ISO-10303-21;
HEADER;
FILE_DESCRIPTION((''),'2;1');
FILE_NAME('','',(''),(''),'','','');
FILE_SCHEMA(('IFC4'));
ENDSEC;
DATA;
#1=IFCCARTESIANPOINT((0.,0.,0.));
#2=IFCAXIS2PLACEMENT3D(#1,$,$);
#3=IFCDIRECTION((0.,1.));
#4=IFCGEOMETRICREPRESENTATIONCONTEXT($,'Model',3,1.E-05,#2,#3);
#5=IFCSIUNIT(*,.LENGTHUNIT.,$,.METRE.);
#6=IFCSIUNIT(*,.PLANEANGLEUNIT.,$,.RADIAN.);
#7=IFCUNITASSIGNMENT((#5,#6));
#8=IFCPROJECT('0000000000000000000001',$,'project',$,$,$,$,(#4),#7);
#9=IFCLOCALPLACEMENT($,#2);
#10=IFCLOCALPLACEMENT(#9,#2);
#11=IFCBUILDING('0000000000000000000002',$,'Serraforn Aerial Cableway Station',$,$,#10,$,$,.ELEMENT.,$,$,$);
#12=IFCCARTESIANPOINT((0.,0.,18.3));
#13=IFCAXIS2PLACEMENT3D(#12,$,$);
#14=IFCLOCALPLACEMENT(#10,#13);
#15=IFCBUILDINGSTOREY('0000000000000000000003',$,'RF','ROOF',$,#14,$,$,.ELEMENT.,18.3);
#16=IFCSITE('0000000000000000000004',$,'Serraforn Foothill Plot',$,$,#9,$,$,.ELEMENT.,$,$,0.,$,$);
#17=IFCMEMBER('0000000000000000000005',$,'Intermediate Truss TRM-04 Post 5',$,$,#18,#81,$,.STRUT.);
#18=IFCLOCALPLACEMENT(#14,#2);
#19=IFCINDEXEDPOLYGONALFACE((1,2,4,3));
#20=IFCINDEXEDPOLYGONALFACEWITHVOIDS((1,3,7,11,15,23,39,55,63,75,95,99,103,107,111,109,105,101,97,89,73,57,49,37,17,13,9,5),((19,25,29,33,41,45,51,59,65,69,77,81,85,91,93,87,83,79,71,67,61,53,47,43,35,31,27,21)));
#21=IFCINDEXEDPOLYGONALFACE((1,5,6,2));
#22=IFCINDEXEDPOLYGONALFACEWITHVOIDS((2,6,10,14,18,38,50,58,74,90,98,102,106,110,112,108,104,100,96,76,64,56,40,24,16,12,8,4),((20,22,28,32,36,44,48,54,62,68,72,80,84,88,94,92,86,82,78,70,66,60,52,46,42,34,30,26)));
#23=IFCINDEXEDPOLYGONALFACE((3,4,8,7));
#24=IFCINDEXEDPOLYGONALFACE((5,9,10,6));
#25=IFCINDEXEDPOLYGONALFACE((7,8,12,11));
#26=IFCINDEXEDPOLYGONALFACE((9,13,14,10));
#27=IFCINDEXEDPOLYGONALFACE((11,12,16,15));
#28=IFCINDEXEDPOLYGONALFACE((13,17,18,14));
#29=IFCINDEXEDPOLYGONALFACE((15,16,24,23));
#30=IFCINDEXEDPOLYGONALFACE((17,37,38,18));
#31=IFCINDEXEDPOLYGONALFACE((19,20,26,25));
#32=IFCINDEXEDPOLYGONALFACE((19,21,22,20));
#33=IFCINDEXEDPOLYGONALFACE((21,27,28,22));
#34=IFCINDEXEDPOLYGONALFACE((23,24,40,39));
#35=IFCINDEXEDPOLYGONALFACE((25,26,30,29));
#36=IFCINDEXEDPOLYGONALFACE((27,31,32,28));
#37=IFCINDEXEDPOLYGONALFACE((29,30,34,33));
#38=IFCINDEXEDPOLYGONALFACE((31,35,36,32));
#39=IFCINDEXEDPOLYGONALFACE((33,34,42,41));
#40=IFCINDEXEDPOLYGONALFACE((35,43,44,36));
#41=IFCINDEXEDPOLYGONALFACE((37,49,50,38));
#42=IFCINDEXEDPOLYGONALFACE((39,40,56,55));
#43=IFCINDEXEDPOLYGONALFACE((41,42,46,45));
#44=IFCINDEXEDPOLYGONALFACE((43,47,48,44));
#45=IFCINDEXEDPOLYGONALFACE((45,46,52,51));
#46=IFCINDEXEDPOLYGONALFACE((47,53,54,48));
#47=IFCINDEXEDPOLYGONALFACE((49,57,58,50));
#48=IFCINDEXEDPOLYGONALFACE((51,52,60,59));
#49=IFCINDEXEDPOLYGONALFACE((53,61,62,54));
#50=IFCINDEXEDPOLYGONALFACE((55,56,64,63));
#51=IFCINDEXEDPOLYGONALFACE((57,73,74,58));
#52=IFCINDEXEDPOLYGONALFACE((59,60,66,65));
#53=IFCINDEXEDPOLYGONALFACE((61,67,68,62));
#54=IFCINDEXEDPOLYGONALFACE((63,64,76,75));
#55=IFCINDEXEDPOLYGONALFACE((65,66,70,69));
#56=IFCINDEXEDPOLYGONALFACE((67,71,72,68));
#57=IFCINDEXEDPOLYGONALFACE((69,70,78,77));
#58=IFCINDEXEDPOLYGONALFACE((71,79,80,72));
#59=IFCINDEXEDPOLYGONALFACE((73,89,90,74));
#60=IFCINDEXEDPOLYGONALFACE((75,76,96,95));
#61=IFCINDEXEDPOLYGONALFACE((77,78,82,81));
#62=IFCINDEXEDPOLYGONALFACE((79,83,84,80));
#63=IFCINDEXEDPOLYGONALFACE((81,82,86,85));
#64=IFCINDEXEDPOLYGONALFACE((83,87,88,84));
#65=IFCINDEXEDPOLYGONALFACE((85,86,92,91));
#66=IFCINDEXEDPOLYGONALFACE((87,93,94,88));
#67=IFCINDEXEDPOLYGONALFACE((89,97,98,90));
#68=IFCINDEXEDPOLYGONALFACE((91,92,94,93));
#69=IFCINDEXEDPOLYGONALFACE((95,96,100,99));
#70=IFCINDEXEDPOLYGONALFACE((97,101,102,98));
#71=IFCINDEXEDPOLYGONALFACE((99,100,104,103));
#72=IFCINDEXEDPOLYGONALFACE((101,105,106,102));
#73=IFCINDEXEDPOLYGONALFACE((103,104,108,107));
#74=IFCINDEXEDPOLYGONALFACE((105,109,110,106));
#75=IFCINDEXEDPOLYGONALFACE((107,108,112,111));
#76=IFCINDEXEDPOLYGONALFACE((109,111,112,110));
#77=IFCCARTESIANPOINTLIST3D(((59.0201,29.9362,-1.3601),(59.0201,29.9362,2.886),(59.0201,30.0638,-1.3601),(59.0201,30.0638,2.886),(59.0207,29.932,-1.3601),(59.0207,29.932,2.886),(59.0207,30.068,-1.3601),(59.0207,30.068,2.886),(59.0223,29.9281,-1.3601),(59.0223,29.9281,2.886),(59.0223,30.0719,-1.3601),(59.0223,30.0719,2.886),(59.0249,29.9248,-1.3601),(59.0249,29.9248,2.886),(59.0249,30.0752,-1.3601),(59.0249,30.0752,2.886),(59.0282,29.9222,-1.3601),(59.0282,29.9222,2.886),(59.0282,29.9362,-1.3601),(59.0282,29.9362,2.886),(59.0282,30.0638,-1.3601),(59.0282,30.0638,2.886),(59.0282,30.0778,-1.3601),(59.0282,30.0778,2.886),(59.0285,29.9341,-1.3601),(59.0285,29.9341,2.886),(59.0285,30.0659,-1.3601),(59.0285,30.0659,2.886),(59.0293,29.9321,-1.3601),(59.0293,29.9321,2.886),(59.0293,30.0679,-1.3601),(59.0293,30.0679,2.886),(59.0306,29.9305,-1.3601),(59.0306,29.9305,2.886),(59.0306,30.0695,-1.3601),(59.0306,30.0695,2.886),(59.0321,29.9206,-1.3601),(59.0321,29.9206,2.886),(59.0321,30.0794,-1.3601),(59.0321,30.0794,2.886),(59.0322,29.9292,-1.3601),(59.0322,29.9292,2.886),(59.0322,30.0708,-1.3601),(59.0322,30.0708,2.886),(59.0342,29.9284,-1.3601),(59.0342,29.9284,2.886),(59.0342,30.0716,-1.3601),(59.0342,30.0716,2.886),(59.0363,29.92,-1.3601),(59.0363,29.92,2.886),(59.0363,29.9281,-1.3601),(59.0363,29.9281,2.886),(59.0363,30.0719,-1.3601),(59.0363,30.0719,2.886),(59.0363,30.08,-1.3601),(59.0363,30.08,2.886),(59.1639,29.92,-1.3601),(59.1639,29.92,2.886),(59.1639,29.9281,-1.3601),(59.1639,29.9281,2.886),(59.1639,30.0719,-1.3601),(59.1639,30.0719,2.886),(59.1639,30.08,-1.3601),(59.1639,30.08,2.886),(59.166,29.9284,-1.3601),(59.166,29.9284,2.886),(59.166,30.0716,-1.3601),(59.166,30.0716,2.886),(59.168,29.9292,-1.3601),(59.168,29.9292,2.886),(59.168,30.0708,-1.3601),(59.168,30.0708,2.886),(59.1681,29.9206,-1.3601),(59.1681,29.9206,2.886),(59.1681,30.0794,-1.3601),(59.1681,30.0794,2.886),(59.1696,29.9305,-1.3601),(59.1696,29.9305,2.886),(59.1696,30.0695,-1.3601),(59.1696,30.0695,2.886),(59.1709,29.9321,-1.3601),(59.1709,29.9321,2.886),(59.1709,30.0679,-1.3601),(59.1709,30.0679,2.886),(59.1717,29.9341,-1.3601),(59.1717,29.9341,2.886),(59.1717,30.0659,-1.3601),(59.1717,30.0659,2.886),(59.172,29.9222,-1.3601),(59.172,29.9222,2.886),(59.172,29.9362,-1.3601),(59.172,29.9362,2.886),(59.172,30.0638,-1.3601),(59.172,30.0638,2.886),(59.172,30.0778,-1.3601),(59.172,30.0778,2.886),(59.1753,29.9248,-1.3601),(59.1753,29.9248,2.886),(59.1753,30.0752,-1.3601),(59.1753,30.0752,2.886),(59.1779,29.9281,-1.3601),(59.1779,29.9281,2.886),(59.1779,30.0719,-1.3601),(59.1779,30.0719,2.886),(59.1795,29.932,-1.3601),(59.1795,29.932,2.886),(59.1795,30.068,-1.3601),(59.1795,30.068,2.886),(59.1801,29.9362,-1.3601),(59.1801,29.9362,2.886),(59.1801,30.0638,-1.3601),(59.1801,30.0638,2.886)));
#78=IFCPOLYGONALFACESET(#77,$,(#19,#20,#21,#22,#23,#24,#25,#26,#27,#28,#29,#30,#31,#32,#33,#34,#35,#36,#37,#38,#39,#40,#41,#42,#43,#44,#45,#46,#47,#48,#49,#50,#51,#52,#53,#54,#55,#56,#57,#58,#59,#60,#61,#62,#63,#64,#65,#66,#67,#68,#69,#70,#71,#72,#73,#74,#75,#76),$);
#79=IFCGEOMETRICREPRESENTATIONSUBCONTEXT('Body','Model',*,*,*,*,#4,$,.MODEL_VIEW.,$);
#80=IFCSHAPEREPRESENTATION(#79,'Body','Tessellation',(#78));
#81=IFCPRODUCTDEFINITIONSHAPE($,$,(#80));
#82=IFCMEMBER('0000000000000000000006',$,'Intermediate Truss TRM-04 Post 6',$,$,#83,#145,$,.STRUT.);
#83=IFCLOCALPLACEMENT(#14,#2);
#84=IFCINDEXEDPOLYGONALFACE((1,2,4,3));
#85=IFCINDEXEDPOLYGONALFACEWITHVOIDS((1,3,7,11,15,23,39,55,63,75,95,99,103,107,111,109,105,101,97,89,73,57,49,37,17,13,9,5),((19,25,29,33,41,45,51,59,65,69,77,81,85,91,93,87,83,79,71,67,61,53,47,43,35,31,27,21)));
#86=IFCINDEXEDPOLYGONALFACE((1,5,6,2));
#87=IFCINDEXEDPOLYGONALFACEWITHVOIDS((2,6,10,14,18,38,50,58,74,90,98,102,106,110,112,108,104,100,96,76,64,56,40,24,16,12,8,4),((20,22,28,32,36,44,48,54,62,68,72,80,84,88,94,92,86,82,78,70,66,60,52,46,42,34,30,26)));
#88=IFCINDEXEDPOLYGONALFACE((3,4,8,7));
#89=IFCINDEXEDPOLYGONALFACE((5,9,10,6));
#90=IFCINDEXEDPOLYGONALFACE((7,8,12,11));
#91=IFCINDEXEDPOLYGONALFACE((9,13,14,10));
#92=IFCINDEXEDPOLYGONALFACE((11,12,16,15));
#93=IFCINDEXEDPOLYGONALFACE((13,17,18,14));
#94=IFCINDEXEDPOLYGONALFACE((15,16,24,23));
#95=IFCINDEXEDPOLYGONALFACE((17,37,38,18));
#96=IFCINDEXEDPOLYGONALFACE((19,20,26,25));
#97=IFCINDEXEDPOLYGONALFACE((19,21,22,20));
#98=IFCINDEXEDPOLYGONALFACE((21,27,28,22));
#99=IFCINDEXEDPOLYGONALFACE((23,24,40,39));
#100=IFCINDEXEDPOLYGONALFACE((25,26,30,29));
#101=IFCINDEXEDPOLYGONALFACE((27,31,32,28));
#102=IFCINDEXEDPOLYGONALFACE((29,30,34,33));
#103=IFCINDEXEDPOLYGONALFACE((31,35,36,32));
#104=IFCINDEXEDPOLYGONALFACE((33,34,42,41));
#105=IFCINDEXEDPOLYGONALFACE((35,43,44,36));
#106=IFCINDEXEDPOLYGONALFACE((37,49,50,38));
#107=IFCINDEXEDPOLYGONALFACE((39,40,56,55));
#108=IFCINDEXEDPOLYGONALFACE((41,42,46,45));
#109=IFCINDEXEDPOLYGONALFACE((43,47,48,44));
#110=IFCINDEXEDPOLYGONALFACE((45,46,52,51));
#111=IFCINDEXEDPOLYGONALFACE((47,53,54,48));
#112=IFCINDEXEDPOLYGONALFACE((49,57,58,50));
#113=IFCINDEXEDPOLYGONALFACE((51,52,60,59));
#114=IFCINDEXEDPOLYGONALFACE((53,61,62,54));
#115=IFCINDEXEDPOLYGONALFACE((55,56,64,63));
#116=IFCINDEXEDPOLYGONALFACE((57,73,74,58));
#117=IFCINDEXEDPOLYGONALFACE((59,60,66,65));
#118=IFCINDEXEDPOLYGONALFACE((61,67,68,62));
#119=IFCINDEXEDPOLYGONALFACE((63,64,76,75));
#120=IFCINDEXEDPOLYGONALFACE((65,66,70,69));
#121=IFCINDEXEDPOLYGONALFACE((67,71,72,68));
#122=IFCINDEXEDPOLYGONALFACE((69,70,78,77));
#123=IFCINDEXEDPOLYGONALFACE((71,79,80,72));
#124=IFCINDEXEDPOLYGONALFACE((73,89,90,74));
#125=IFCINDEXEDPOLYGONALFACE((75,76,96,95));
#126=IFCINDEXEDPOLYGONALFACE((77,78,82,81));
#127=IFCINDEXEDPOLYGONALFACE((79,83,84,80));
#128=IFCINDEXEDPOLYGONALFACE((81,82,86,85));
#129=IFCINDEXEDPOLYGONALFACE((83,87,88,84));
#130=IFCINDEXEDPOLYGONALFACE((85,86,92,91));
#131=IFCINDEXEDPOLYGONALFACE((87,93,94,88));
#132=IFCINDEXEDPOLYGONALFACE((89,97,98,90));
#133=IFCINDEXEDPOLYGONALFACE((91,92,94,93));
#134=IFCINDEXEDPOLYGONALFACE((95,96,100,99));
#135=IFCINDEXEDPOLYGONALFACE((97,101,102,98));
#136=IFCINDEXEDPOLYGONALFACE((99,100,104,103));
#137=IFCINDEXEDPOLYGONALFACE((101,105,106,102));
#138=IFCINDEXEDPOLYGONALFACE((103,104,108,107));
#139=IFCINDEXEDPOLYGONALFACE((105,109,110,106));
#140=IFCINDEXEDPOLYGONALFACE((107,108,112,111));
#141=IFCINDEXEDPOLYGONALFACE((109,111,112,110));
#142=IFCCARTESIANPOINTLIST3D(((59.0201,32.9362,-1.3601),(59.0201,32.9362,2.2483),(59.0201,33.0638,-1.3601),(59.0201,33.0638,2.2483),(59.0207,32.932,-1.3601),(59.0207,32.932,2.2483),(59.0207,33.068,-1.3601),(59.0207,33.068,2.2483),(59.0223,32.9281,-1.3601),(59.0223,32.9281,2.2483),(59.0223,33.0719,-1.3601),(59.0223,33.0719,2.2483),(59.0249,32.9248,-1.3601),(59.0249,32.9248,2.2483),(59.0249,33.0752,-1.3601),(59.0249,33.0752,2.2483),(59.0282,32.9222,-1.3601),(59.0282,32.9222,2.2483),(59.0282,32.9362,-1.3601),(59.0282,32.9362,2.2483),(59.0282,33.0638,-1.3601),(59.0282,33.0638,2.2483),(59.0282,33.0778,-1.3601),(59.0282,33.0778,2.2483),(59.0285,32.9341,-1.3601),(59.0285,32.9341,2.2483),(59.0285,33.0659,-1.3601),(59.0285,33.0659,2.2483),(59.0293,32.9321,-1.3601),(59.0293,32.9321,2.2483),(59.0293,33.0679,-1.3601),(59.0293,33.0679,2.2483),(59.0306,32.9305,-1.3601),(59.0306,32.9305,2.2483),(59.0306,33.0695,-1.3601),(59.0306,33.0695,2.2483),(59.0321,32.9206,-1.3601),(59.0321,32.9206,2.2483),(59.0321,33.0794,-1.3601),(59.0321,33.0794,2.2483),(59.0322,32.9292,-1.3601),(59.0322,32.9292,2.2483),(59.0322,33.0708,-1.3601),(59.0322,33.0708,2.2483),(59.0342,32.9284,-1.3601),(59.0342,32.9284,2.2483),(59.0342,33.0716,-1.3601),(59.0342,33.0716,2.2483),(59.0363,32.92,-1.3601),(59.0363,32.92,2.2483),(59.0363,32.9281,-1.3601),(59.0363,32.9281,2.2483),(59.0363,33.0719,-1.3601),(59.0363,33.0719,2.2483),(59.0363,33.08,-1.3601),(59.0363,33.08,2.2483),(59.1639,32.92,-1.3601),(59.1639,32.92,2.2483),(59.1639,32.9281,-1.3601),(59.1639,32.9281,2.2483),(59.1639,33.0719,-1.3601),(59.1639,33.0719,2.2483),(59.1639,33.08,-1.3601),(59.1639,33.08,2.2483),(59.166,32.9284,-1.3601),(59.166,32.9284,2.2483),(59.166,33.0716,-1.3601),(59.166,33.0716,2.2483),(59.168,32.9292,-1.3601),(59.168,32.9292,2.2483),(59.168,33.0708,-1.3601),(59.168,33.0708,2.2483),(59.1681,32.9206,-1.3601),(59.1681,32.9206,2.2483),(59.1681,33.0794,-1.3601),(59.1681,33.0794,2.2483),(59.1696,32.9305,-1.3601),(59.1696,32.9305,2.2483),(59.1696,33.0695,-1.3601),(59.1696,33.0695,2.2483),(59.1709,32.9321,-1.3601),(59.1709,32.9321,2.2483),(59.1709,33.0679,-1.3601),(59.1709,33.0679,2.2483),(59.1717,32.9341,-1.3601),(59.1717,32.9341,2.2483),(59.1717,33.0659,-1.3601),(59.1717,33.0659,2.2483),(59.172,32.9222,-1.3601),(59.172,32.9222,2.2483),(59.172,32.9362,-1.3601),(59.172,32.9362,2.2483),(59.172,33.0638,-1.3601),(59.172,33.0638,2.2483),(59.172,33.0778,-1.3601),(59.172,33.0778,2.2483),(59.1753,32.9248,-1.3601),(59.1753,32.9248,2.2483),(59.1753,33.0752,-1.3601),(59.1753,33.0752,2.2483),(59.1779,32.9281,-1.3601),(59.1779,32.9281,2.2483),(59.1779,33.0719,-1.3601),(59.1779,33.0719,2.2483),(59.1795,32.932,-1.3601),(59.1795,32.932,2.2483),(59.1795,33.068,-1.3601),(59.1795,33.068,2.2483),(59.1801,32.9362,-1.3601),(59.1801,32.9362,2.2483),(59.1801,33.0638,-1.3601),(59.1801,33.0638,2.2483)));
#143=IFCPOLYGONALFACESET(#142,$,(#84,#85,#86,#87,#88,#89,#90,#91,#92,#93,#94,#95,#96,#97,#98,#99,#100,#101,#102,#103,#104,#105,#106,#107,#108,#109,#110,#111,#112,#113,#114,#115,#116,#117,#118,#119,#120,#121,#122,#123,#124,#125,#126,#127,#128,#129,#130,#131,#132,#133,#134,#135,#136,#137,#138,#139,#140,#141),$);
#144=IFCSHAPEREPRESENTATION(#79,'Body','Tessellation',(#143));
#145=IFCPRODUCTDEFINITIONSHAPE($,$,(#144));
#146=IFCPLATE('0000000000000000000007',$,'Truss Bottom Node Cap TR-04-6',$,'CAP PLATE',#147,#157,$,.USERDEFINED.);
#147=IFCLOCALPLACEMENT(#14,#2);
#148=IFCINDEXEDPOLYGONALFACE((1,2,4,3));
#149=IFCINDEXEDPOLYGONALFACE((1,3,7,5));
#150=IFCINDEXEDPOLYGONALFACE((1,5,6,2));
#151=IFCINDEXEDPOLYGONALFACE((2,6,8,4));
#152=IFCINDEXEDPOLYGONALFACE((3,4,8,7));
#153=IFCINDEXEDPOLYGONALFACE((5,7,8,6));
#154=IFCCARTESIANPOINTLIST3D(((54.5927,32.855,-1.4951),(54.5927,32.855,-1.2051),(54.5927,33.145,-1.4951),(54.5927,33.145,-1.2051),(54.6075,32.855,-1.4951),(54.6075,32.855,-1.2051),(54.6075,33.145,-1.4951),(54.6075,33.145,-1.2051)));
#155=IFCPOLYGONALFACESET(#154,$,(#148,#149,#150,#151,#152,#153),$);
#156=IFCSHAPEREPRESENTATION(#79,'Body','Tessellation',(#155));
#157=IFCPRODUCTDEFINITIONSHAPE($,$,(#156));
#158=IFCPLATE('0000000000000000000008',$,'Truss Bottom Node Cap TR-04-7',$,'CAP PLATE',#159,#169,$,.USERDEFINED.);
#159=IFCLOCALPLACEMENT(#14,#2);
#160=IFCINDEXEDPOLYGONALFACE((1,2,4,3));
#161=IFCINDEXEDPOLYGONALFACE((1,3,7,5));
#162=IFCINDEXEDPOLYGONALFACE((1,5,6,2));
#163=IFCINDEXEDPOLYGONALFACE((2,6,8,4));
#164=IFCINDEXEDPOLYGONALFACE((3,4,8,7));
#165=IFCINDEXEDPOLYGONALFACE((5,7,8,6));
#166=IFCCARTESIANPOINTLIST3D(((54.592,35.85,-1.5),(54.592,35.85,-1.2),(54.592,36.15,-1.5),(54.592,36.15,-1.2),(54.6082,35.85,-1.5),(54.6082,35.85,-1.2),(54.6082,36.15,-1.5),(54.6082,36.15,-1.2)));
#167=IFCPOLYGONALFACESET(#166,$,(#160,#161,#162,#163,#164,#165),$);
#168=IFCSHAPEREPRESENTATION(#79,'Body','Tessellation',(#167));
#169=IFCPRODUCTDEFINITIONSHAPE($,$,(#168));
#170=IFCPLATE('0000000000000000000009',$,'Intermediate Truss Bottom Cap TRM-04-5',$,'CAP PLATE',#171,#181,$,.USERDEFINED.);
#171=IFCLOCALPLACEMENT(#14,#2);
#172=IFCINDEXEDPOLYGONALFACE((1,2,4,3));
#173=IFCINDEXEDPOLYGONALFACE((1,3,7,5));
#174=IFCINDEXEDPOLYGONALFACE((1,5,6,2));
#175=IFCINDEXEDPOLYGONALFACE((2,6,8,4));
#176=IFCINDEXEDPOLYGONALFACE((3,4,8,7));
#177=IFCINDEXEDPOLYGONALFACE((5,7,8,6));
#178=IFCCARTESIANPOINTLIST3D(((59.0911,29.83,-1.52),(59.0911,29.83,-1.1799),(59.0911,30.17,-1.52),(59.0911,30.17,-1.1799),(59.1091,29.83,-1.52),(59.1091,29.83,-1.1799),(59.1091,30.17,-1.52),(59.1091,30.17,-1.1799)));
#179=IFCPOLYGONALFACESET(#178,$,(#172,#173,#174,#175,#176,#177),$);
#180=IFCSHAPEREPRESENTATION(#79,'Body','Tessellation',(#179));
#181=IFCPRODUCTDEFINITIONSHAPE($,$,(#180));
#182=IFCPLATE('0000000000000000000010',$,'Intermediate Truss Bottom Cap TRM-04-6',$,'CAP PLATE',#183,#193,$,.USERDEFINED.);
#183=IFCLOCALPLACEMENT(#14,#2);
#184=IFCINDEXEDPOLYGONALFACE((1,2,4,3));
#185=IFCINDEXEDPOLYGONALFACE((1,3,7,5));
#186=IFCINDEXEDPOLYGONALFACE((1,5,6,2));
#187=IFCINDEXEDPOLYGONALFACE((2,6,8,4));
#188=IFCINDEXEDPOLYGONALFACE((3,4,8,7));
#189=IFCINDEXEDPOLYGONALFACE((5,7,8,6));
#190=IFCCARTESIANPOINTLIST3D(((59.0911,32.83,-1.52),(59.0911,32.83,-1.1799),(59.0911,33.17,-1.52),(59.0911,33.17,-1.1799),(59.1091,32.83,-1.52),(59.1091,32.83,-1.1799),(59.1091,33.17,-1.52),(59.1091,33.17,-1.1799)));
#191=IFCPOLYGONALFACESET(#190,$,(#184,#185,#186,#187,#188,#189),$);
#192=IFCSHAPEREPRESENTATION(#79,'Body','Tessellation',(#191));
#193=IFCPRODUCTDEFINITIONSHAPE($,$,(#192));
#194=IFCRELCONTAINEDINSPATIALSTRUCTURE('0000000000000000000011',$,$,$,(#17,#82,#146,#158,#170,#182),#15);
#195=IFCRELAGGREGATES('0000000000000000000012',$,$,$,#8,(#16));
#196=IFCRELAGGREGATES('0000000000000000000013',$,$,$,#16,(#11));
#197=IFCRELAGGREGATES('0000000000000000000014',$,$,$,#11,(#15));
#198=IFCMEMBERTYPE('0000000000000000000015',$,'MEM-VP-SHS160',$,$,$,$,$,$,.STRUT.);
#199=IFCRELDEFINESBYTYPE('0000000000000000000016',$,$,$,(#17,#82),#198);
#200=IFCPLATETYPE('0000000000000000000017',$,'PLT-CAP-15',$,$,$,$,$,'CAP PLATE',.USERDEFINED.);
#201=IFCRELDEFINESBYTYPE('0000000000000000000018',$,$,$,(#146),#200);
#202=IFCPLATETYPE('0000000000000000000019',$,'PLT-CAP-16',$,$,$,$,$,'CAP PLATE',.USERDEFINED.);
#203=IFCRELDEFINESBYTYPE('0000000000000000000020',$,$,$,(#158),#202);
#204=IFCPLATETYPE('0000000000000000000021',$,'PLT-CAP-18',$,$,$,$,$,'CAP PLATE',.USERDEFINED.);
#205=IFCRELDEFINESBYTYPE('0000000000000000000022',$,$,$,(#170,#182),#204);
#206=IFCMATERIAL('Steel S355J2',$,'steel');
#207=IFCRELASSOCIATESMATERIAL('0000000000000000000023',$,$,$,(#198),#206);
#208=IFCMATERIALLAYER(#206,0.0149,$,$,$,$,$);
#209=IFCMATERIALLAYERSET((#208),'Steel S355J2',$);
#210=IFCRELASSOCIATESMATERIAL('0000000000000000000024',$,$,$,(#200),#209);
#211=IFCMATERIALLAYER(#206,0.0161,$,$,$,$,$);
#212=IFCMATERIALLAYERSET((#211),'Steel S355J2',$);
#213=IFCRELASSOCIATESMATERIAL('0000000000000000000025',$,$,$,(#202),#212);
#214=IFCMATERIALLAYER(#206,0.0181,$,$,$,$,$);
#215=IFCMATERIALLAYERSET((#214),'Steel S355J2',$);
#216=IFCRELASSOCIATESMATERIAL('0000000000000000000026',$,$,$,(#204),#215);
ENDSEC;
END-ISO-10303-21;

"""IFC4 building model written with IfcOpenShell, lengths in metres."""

from ifc_helpers import new_model, si_unit, direction, frame, origin, origin_2d, place, context, subcontext, project, spatial, rectangle, hollow_rectangle, extrude, material, layer, layer_set, material_profile, profile_set, type_object, element, save


model = new_model("IFC4")

# Units and contexts
model_context = context("Model", 3, precision=1e-05, world=origin(), true_north=direction((0.0, 1.0)))
body_context = subcontext(model_context, "Body", "Model", "MODEL_VIEW")
ifc_project = project(units=[si_unit("LENGTHUNIT", "METRE"), si_unit("PLANEANGLEUNIT", "RADIAN")], contexts=[model_context])

# Site, building, storey
site_placement = place(None, origin())
site = spatial("IfcSite", under=ifc_project, at=site_placement, Name="Serraforn Foothill Plot", CompositionType="ELEMENT", RefElevation=0.0)
building_placement = place(site_placement, origin())
building = spatial("IfcBuilding", under=site, at=building_placement, Name="Serraforn Aerial Cableway Station", CompositionType="ELEMENT")
storey_placement = place(building_placement, frame((0.0, 0.0, 18.3)))
storey = spatial("IfcBuildingStorey", under=building, at=storey_placement, Name="RF", Description="ROOF", CompositionType="ELEMENT", Elevation=18.3)

# Members
ifc_material_1 = material(Name="Steel S355J2", Category="steel")
ifc_material_profile_1 = material_profile(ifc_material_1, hollow_rectangle(XDim=0.1599, YDim=0.1599, WallThickness=0.0081, InnerFilletRadius=0.0081, OuterFilletRadius=0.0161, at=origin_2d()), Name="SHS 160x160x8.0")
ifc_profile_set_1 = profile_set([ifc_material_profile_1], Name="Steel S355J2")
member_type_1 = type_object("IfcMemberType", Name="MEM-VP-SHS160", PredefinedType="STRUT", material=ifc_profile_set_1)
member_1_placement = place(storey_placement, frame((59.1001, 30.0, -1.3601), z_axis=(0.0, 0.0, 1.0), x_axis=(1.0, 0.0, 0.0)))
element("IfcMember", 1, at=member_1_placement, inside=storey, type_object=member_type_1, Name="Intermediate Truss TRM-04 Post 5", PredefinedType="STRUT", context=body_context, shape_type="SweptSolid", body=[
    extrude(hollow_rectangle(XDim=0.1599, YDim=0.1599, WallThickness=0.0081, InnerFilletRadius=0.0081, OuterFilletRadius=0.0161, at=origin_2d()), origin(), (0.0, 0.0, 1.0), 4.2461),
])
member_2_placement = place(storey_placement, frame((59.1001, 33.0, -1.3601), z_axis=(0.0, 0.0, 1.0), x_axis=(1.0, 0.0, 0.0)))
element("IfcMember", 2, at=member_2_placement, inside=storey, type_object=member_type_1, Name="Intermediate Truss TRM-04 Post 6", PredefinedType="STRUT", context=body_context, shape_type="SweptSolid", body=[
    extrude(hollow_rectangle(XDim=0.1599, YDim=0.1599, WallThickness=0.0081, InnerFilletRadius=0.0081, OuterFilletRadius=0.0161, at=origin_2d()), origin(), (0.0, 0.0, 1.0), 3.6084),
])

# Plates
ifc_layer_1 = layer(ifc_material_1, 0.0149)
ifc_layer_set_1 = layer_set([ifc_layer_1], Name="Steel S355J2")
plate_type_1 = type_object("IfcPlateType", Name="PLT-CAP-15", ElementType="CAP PLATE", PredefinedType="USERDEFINED", material=ifc_layer_set_1)
plate_1_placement = place(storey_placement, frame((54.6001, 33.0, -1.4951), z_axis=(0.0, 0.0, 1.0), x_axis=(1.0, 0.0, 0.0)))
element("IfcPlate", 3, at=plate_1_placement, inside=storey, type_object=plate_type_1, Name="Truss Bottom Node Cap TR-04-6", ObjectType="CAP PLATE", PredefinedType="USERDEFINED", context=body_context, shape_type="SweptSolid", body=[
    extrude(rectangle(XDim=0.0149, YDim=0.29, at=origin_2d()), origin(), (0.0, 0.0, 1.0), 0.29),
])
ifc_layer_2 = layer(ifc_material_1, 0.0161)
ifc_layer_set_2 = layer_set([ifc_layer_2], Name="Steel S355J2")
plate_type_2 = type_object("IfcPlateType", Name="PLT-CAP-16", ElementType="CAP PLATE", PredefinedType="USERDEFINED", material=ifc_layer_set_2)
plate_2_placement = place(storey_placement, frame((54.6001, 36.0, -1.5), z_axis=(0.0, 0.0, 1.0), x_axis=(1.0, 0.0, 0.0)))
element("IfcPlate", 4, at=plate_2_placement, inside=storey, type_object=plate_type_2, Name="Truss Bottom Node Cap TR-04-7", ObjectType="CAP PLATE", PredefinedType="USERDEFINED", context=body_context, shape_type="SweptSolid", body=[
    extrude(rectangle(XDim=0.0161, YDim=0.3, at=origin_2d()), origin(), (0.0, 0.0, 1.0), 0.3),
])
ifc_layer_3 = layer(ifc_material_1, 0.0181)
ifc_layer_set_3 = layer_set([ifc_layer_3], Name="Steel S355J2")
plate_type_3 = type_object("IfcPlateType", Name="PLT-CAP-18", ElementType="CAP PLATE", PredefinedType="USERDEFINED", material=ifc_layer_set_3)
for number, where, z_axis, x_axis, name in (
    (5, (59.1001, 30.0, -1.52), (0.0, 0.0, 1.0), (1.0, 0.0, 0.0), "Intermediate Truss Bottom Cap TRM-04-5"),
    (6, (59.1001, 33.0, -1.52), (0.0, 0.0, 1.0), (1.0, 0.0, 0.0), "Intermediate Truss Bottom Cap TRM-04-6"),
):
    element("IfcPlate", number, at=place(storey_placement, frame(where, z_axis=z_axis, x_axis=x_axis)), inside=storey, type_object=plate_type_3, Name=name, ObjectType="CAP PLATE", PredefinedType="USERDEFINED", context=body_context, shape_type="SweptSolid", body=[
        extrude(rectangle(XDim=0.0181, YDim=0.3401, at=origin_2d()), origin(), (0.0, 0.0, 1.0), 0.3401),
    ])

save(model, "model.ifc")
